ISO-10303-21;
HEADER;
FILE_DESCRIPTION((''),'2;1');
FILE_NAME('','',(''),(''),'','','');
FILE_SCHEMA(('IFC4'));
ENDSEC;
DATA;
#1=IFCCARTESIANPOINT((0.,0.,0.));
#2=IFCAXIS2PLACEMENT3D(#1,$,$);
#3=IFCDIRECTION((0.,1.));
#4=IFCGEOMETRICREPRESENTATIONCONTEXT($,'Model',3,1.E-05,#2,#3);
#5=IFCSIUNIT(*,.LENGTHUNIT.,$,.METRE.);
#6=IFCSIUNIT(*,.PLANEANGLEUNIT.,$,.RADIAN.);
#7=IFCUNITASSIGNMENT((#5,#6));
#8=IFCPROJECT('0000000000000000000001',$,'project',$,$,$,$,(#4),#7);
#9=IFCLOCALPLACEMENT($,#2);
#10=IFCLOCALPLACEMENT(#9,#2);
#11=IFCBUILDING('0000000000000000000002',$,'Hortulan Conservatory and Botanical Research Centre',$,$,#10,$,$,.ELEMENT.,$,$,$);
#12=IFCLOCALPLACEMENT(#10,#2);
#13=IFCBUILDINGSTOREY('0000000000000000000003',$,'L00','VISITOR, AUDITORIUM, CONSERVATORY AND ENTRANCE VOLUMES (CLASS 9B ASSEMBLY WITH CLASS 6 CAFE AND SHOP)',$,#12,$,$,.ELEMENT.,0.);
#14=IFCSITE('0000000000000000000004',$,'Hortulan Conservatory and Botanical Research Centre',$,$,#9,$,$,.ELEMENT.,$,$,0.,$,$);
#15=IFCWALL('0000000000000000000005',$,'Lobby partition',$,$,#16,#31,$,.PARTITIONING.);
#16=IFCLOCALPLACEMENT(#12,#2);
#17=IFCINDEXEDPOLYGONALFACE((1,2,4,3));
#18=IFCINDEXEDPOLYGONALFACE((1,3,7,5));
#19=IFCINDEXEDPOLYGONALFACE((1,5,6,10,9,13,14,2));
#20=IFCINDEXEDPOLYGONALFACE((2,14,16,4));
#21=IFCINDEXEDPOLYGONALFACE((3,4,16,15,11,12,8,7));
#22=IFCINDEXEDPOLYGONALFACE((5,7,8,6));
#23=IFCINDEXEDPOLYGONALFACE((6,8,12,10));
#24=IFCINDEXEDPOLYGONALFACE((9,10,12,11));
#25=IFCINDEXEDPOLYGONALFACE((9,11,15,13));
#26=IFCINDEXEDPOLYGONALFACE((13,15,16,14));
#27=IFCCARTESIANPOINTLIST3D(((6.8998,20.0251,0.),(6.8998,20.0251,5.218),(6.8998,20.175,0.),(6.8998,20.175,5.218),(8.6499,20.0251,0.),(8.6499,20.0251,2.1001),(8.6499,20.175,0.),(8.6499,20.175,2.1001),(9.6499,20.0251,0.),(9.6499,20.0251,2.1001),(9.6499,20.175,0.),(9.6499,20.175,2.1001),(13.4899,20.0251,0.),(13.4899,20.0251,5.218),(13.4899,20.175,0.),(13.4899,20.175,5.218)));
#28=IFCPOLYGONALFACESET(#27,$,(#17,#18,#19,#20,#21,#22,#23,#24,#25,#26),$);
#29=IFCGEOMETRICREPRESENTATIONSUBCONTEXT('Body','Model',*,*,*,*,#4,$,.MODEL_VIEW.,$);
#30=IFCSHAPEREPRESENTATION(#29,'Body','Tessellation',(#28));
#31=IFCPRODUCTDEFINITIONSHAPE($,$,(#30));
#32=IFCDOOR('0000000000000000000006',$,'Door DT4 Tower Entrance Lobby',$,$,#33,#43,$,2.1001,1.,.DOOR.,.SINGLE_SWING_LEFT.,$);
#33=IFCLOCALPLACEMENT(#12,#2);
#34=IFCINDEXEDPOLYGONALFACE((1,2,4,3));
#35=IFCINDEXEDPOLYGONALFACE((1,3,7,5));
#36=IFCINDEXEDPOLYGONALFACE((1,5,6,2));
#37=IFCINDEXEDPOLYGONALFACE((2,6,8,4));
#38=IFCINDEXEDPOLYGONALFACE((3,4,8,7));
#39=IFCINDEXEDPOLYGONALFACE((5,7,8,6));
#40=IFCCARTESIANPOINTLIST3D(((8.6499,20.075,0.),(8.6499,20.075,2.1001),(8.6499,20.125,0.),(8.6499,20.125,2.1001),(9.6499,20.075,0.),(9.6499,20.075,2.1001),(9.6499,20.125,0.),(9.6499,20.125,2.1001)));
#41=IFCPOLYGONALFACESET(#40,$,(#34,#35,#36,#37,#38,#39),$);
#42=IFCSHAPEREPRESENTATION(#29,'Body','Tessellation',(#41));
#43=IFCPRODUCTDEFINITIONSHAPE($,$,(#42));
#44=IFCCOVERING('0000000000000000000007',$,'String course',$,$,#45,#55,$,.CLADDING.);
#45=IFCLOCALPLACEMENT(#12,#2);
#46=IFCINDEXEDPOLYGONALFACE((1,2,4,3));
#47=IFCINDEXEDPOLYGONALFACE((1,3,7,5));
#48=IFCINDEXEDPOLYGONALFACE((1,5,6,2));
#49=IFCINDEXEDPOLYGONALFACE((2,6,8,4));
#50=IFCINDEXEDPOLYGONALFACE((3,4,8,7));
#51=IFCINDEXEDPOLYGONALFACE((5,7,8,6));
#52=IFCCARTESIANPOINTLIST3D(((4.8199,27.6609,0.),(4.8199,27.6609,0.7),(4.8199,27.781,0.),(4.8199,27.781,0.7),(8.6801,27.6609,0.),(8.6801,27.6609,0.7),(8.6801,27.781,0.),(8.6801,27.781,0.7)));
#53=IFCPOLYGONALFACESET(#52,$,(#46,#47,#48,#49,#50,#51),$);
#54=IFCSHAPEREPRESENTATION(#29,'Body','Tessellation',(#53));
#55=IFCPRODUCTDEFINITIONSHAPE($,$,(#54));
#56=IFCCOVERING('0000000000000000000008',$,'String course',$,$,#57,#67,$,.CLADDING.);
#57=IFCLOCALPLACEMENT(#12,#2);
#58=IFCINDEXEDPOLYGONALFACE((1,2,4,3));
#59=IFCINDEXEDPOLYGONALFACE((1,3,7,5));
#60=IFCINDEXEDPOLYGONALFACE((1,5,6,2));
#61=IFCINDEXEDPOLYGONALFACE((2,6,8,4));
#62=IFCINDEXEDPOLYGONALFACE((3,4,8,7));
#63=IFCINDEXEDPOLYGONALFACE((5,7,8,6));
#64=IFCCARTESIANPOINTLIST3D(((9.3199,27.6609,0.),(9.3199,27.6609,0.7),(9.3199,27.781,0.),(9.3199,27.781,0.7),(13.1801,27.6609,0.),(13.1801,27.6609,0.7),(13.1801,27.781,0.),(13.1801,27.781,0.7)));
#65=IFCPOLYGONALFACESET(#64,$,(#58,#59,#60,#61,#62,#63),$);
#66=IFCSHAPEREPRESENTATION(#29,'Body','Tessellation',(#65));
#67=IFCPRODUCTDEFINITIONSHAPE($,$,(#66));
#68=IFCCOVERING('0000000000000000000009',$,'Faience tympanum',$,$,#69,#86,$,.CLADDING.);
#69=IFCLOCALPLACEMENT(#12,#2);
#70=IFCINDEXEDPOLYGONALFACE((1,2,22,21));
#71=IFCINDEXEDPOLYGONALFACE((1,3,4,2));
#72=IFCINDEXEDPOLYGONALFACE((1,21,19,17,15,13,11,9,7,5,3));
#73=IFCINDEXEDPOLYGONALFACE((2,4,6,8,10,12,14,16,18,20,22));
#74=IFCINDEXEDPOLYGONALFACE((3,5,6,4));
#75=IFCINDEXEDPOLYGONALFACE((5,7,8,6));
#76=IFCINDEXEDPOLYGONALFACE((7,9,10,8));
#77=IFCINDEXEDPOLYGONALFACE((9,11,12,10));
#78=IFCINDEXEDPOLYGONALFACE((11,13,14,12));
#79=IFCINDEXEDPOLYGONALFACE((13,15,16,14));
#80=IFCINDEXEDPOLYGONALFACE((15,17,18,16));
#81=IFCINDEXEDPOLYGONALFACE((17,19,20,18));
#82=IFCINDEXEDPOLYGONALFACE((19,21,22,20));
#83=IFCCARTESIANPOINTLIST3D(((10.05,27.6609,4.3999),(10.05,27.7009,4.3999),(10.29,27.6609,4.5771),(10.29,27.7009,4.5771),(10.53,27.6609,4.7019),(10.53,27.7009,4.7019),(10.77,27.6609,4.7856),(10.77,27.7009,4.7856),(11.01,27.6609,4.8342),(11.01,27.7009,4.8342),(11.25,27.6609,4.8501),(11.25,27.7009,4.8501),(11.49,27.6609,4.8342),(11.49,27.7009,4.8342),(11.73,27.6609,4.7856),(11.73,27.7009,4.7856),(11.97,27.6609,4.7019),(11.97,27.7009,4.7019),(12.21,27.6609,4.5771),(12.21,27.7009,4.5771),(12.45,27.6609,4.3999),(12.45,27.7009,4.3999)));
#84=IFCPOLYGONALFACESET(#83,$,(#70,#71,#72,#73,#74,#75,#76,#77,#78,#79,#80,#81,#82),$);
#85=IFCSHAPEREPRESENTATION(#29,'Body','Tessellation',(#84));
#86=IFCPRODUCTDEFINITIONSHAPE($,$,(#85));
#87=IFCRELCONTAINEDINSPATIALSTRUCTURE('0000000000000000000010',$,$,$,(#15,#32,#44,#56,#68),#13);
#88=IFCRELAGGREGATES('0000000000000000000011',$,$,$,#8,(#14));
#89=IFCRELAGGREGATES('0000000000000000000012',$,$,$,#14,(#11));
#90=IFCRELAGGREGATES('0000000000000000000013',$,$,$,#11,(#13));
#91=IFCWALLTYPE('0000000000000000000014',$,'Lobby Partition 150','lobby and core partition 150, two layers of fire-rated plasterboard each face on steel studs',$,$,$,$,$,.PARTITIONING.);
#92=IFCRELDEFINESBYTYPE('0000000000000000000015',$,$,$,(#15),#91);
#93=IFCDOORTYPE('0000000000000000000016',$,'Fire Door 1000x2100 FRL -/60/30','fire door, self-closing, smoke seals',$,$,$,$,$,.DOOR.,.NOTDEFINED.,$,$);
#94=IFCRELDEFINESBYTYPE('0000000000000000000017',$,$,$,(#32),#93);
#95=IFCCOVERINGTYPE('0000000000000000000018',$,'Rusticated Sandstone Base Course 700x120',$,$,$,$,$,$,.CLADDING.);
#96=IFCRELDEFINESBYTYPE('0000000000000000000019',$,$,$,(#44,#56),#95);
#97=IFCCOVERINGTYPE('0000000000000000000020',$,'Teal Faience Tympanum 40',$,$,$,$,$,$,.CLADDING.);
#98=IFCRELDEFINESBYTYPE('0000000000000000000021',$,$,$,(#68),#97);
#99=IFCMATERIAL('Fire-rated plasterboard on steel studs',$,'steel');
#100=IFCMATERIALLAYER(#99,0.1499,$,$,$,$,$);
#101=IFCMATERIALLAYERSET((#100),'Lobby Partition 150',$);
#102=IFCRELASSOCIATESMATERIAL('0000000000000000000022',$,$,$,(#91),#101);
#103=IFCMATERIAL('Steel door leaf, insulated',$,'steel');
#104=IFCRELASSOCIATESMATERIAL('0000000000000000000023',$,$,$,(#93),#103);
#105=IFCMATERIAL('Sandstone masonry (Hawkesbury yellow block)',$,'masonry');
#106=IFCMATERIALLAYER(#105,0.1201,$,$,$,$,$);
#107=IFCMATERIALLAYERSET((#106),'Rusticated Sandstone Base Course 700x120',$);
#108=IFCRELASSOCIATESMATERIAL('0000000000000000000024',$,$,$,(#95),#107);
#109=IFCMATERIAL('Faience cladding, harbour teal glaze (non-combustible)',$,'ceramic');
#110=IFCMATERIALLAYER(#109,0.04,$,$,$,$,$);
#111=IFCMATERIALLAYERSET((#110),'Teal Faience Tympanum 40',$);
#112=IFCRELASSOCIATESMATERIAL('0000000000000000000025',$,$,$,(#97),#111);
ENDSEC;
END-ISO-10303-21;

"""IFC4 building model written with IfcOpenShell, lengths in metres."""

from ifc_helpers import new_model, si_unit, direction, frame, frame_2d, origin, origin_2d, place, context, subcontext, project, spatial, polyline, rectangle, outline, extrude, material, layer, layer_set, type_object, element, fill, save


model = new_model("IFC4")

# Units and contexts
model_context = context("Model", 3, precision=1e-05, world=origin(), true_north=direction((0.0, 1.0)))
body_context = subcontext(model_context, "Body", "Model", "MODEL_VIEW")
ifc_project = project(units=[si_unit("LENGTHUNIT", "METRE"), si_unit("PLANEANGLEUNIT", "RADIAN")], contexts=[model_context])

# Site, building, storey
site_placement = place(None, origin())
site = spatial("IfcSite", under=ifc_project, at=site_placement, Name="Hortulan Conservatory and Botanical Research Centre", CompositionType="ELEMENT", RefElevation=0.0)
building_placement = place(site_placement, origin())
building = spatial("IfcBuilding", under=site, at=building_placement, Name="Hortulan Conservatory and Botanical Research Centre", CompositionType="ELEMENT")
storey_placement = place(building_placement, origin())
storey = spatial("IfcBuildingStorey", under=building, at=storey_placement, Name="L00", Description="VISITOR, AUDITORIUM, CONSERVATORY AND ENTRANCE VOLUMES (CLASS 9B ASSEMBLY WITH CLASS 6 CAFE AND SHOP)", CompositionType="ELEMENT", Elevation=0.0)

# Shared definitions
ifc_material_1 = material(Name="Fire-rated plasterboard on steel studs", Category="steel")
ifc_layer_1 = layer(ifc_material_1, 0.1499)
ifc_layer_set_1 = layer_set([ifc_layer_1], Name="Lobby Partition 150")
wall_type_1 = type_object("IfcWallType", Name="Lobby Partition 150", Description="lobby and core partition 150, two layers of fire-rated plasterboard each face on steel studs", PredefinedType="PARTITIONING", material=ifc_layer_set_1)

# Wall, opening, door
wall_1_placement = place(storey_placement, frame((6.8999, 20.1001, 0.0), z_axis=(0.0, 0.0, 1.0), x_axis=(1.0, 0.0, 0.0)))
wall_1 = element("IfcWall", 1, at=wall_1_placement, inside=storey, type_object=wall_type_1, Name="Lobby partition", PredefinedType="PARTITIONING", context=body_context, shape_type="SweptSolid", body=[
    extrude(rectangle(XDim=6.5901, YDim=0.1499, at=frame_2d((3.2949, 0.0))), origin(), (0.0, 0.0, 1.0), 5.218),
])
opening_1_placement = place(wall_1_placement, frame((1.75, 0.0, 0.0)))
opening_1 = element("IfcOpeningElement", 2, at=opening_1_placement, cuts=wall_1, PredefinedType="OPENING", context=body_context, shape_type="SweptSolid", body=[
    extrude(rectangle(XDim=1.0, YDim=2.1001, at=frame_2d((0.5, 1.05))), frame((0.0, 0.085, 0.0), z_axis=(0.0, -1.0, 0.0), x_axis=(1.0, 0.0, 0.0)), (0.0, 0.0, 1.0), 0.1699),
])
ifc_material_2 = material(Name="Steel door leaf, insulated", Category="steel")
door_type_1 = type_object("IfcDoorType", Name="Fire Door 1000x2100 FRL -/60/30", Description="fire door, self-closing, smoke seals", OperationType="NOTDEFINED", PredefinedType="DOOR", material=ifc_material_2)
door_1_placement = place(opening_1_placement, origin())
door_1 = element("IfcDoor", 3, at=door_1_placement, inside=storey, type_object=door_type_1, Name="Door DT4 Tower Entrance Lobby", OperationType="SINGLE_SWING_LEFT", OverallHeight=2.1001, OverallWidth=1.0, PredefinedType="DOOR", context=body_context, shape_type="SweptSolid", body=[
    extrude(rectangle(XDim=1.0, YDim=2.1001, at=frame_2d((0.5, 1.05))), frame((0.0, 0.0249, 0.0), z_axis=(0.0, -1.0, 0.0), x_axis=(1.0, 0.0, 0.0)), (0.0, 0.0, 1.0), 0.05),
])
fill(opening_1, door_1)

# Coverings
ifc_material_3 = material(Name="Sandstone masonry (Hawkesbury yellow block)", Category="masonry")
ifc_layer_2 = layer(ifc_material_3, 0.1201)
ifc_layer_set_2 = layer_set([ifc_layer_2], Name="Rusticated Sandstone Base Course 700x120")
covering_type_1 = type_object("IfcCoveringType", Name="Rusticated Sandstone Base Course 700x120", PredefinedType="CLADDING", material=ifc_layer_set_2)
for number, where, z_axis, x_axis, name in (
    (4, (6.75, 27.7209, 0.0), (0.0, 0.0, 1.0), (1.0, 0.0, 0.0), "String course"),
    (5, (11.25, 27.7209, 0.0), (0.0, 0.0, 1.0), (1.0, 0.0, 0.0), "String course"),
):
    element("IfcCovering", number, at=place(storey_placement, frame(where, z_axis=z_axis, x_axis=x_axis)), inside=storey, type_object=covering_type_1, Name=name, PredefinedType="CLADDING", context=body_context, shape_type="SweptSolid", body=[
        extrude(rectangle(XDim=3.8601, YDim=0.1201, at=origin_2d()), origin(), (0.0, 0.0, 1.0), 0.7),
    ])
ifc_material_4 = material(Name="Faience cladding, harbour teal glaze (non-combustible)", Category="ceramic")
ifc_layer_3 = layer(ifc_material_4, 0.04)
ifc_layer_set_3 = layer_set([ifc_layer_3], Name="Teal Faience Tympanum 40")
covering_type_2 = type_object("IfcCoveringType", Name="Teal Faience Tympanum 40", PredefinedType="CLADDING", material=ifc_layer_set_3)
covering_placement = place(storey_placement, frame((10.05, 27.6809, 4.3999), z_axis=(0.0, 0.0, 1.0), x_axis=(1.0, 0.0, 0.0)))
element("IfcCovering", 6, at=covering_placement, inside=storey, type_object=covering_type_2, Name="Faience tympanum", PredefinedType="CLADDING", context=body_context, shape_type="SweptSolid", body=[
    extrude(outline(polyline([(0.0, 0.0), (0.24, 0.1772), (0.48, 0.302), (0.72, 0.3857), (0.96, 0.4343), (1.2, 0.4502), (1.4399, 0.4343), (1.6799, 0.3857), (1.9199, 0.302), (2.1599, 0.1772), (2.3999, 0.0), (2.3999, 0.0), (0.0, 0.0), (0.0, 0.0)])), frame((0.0, 0.02, 0.0), z_axis=(0.0, -1.0, 0.0), x_axis=(1.0, 0.0, 0.0)), (0.0, 0.0, 1.0), 0.04),
])

save(model, "model.ifc")
